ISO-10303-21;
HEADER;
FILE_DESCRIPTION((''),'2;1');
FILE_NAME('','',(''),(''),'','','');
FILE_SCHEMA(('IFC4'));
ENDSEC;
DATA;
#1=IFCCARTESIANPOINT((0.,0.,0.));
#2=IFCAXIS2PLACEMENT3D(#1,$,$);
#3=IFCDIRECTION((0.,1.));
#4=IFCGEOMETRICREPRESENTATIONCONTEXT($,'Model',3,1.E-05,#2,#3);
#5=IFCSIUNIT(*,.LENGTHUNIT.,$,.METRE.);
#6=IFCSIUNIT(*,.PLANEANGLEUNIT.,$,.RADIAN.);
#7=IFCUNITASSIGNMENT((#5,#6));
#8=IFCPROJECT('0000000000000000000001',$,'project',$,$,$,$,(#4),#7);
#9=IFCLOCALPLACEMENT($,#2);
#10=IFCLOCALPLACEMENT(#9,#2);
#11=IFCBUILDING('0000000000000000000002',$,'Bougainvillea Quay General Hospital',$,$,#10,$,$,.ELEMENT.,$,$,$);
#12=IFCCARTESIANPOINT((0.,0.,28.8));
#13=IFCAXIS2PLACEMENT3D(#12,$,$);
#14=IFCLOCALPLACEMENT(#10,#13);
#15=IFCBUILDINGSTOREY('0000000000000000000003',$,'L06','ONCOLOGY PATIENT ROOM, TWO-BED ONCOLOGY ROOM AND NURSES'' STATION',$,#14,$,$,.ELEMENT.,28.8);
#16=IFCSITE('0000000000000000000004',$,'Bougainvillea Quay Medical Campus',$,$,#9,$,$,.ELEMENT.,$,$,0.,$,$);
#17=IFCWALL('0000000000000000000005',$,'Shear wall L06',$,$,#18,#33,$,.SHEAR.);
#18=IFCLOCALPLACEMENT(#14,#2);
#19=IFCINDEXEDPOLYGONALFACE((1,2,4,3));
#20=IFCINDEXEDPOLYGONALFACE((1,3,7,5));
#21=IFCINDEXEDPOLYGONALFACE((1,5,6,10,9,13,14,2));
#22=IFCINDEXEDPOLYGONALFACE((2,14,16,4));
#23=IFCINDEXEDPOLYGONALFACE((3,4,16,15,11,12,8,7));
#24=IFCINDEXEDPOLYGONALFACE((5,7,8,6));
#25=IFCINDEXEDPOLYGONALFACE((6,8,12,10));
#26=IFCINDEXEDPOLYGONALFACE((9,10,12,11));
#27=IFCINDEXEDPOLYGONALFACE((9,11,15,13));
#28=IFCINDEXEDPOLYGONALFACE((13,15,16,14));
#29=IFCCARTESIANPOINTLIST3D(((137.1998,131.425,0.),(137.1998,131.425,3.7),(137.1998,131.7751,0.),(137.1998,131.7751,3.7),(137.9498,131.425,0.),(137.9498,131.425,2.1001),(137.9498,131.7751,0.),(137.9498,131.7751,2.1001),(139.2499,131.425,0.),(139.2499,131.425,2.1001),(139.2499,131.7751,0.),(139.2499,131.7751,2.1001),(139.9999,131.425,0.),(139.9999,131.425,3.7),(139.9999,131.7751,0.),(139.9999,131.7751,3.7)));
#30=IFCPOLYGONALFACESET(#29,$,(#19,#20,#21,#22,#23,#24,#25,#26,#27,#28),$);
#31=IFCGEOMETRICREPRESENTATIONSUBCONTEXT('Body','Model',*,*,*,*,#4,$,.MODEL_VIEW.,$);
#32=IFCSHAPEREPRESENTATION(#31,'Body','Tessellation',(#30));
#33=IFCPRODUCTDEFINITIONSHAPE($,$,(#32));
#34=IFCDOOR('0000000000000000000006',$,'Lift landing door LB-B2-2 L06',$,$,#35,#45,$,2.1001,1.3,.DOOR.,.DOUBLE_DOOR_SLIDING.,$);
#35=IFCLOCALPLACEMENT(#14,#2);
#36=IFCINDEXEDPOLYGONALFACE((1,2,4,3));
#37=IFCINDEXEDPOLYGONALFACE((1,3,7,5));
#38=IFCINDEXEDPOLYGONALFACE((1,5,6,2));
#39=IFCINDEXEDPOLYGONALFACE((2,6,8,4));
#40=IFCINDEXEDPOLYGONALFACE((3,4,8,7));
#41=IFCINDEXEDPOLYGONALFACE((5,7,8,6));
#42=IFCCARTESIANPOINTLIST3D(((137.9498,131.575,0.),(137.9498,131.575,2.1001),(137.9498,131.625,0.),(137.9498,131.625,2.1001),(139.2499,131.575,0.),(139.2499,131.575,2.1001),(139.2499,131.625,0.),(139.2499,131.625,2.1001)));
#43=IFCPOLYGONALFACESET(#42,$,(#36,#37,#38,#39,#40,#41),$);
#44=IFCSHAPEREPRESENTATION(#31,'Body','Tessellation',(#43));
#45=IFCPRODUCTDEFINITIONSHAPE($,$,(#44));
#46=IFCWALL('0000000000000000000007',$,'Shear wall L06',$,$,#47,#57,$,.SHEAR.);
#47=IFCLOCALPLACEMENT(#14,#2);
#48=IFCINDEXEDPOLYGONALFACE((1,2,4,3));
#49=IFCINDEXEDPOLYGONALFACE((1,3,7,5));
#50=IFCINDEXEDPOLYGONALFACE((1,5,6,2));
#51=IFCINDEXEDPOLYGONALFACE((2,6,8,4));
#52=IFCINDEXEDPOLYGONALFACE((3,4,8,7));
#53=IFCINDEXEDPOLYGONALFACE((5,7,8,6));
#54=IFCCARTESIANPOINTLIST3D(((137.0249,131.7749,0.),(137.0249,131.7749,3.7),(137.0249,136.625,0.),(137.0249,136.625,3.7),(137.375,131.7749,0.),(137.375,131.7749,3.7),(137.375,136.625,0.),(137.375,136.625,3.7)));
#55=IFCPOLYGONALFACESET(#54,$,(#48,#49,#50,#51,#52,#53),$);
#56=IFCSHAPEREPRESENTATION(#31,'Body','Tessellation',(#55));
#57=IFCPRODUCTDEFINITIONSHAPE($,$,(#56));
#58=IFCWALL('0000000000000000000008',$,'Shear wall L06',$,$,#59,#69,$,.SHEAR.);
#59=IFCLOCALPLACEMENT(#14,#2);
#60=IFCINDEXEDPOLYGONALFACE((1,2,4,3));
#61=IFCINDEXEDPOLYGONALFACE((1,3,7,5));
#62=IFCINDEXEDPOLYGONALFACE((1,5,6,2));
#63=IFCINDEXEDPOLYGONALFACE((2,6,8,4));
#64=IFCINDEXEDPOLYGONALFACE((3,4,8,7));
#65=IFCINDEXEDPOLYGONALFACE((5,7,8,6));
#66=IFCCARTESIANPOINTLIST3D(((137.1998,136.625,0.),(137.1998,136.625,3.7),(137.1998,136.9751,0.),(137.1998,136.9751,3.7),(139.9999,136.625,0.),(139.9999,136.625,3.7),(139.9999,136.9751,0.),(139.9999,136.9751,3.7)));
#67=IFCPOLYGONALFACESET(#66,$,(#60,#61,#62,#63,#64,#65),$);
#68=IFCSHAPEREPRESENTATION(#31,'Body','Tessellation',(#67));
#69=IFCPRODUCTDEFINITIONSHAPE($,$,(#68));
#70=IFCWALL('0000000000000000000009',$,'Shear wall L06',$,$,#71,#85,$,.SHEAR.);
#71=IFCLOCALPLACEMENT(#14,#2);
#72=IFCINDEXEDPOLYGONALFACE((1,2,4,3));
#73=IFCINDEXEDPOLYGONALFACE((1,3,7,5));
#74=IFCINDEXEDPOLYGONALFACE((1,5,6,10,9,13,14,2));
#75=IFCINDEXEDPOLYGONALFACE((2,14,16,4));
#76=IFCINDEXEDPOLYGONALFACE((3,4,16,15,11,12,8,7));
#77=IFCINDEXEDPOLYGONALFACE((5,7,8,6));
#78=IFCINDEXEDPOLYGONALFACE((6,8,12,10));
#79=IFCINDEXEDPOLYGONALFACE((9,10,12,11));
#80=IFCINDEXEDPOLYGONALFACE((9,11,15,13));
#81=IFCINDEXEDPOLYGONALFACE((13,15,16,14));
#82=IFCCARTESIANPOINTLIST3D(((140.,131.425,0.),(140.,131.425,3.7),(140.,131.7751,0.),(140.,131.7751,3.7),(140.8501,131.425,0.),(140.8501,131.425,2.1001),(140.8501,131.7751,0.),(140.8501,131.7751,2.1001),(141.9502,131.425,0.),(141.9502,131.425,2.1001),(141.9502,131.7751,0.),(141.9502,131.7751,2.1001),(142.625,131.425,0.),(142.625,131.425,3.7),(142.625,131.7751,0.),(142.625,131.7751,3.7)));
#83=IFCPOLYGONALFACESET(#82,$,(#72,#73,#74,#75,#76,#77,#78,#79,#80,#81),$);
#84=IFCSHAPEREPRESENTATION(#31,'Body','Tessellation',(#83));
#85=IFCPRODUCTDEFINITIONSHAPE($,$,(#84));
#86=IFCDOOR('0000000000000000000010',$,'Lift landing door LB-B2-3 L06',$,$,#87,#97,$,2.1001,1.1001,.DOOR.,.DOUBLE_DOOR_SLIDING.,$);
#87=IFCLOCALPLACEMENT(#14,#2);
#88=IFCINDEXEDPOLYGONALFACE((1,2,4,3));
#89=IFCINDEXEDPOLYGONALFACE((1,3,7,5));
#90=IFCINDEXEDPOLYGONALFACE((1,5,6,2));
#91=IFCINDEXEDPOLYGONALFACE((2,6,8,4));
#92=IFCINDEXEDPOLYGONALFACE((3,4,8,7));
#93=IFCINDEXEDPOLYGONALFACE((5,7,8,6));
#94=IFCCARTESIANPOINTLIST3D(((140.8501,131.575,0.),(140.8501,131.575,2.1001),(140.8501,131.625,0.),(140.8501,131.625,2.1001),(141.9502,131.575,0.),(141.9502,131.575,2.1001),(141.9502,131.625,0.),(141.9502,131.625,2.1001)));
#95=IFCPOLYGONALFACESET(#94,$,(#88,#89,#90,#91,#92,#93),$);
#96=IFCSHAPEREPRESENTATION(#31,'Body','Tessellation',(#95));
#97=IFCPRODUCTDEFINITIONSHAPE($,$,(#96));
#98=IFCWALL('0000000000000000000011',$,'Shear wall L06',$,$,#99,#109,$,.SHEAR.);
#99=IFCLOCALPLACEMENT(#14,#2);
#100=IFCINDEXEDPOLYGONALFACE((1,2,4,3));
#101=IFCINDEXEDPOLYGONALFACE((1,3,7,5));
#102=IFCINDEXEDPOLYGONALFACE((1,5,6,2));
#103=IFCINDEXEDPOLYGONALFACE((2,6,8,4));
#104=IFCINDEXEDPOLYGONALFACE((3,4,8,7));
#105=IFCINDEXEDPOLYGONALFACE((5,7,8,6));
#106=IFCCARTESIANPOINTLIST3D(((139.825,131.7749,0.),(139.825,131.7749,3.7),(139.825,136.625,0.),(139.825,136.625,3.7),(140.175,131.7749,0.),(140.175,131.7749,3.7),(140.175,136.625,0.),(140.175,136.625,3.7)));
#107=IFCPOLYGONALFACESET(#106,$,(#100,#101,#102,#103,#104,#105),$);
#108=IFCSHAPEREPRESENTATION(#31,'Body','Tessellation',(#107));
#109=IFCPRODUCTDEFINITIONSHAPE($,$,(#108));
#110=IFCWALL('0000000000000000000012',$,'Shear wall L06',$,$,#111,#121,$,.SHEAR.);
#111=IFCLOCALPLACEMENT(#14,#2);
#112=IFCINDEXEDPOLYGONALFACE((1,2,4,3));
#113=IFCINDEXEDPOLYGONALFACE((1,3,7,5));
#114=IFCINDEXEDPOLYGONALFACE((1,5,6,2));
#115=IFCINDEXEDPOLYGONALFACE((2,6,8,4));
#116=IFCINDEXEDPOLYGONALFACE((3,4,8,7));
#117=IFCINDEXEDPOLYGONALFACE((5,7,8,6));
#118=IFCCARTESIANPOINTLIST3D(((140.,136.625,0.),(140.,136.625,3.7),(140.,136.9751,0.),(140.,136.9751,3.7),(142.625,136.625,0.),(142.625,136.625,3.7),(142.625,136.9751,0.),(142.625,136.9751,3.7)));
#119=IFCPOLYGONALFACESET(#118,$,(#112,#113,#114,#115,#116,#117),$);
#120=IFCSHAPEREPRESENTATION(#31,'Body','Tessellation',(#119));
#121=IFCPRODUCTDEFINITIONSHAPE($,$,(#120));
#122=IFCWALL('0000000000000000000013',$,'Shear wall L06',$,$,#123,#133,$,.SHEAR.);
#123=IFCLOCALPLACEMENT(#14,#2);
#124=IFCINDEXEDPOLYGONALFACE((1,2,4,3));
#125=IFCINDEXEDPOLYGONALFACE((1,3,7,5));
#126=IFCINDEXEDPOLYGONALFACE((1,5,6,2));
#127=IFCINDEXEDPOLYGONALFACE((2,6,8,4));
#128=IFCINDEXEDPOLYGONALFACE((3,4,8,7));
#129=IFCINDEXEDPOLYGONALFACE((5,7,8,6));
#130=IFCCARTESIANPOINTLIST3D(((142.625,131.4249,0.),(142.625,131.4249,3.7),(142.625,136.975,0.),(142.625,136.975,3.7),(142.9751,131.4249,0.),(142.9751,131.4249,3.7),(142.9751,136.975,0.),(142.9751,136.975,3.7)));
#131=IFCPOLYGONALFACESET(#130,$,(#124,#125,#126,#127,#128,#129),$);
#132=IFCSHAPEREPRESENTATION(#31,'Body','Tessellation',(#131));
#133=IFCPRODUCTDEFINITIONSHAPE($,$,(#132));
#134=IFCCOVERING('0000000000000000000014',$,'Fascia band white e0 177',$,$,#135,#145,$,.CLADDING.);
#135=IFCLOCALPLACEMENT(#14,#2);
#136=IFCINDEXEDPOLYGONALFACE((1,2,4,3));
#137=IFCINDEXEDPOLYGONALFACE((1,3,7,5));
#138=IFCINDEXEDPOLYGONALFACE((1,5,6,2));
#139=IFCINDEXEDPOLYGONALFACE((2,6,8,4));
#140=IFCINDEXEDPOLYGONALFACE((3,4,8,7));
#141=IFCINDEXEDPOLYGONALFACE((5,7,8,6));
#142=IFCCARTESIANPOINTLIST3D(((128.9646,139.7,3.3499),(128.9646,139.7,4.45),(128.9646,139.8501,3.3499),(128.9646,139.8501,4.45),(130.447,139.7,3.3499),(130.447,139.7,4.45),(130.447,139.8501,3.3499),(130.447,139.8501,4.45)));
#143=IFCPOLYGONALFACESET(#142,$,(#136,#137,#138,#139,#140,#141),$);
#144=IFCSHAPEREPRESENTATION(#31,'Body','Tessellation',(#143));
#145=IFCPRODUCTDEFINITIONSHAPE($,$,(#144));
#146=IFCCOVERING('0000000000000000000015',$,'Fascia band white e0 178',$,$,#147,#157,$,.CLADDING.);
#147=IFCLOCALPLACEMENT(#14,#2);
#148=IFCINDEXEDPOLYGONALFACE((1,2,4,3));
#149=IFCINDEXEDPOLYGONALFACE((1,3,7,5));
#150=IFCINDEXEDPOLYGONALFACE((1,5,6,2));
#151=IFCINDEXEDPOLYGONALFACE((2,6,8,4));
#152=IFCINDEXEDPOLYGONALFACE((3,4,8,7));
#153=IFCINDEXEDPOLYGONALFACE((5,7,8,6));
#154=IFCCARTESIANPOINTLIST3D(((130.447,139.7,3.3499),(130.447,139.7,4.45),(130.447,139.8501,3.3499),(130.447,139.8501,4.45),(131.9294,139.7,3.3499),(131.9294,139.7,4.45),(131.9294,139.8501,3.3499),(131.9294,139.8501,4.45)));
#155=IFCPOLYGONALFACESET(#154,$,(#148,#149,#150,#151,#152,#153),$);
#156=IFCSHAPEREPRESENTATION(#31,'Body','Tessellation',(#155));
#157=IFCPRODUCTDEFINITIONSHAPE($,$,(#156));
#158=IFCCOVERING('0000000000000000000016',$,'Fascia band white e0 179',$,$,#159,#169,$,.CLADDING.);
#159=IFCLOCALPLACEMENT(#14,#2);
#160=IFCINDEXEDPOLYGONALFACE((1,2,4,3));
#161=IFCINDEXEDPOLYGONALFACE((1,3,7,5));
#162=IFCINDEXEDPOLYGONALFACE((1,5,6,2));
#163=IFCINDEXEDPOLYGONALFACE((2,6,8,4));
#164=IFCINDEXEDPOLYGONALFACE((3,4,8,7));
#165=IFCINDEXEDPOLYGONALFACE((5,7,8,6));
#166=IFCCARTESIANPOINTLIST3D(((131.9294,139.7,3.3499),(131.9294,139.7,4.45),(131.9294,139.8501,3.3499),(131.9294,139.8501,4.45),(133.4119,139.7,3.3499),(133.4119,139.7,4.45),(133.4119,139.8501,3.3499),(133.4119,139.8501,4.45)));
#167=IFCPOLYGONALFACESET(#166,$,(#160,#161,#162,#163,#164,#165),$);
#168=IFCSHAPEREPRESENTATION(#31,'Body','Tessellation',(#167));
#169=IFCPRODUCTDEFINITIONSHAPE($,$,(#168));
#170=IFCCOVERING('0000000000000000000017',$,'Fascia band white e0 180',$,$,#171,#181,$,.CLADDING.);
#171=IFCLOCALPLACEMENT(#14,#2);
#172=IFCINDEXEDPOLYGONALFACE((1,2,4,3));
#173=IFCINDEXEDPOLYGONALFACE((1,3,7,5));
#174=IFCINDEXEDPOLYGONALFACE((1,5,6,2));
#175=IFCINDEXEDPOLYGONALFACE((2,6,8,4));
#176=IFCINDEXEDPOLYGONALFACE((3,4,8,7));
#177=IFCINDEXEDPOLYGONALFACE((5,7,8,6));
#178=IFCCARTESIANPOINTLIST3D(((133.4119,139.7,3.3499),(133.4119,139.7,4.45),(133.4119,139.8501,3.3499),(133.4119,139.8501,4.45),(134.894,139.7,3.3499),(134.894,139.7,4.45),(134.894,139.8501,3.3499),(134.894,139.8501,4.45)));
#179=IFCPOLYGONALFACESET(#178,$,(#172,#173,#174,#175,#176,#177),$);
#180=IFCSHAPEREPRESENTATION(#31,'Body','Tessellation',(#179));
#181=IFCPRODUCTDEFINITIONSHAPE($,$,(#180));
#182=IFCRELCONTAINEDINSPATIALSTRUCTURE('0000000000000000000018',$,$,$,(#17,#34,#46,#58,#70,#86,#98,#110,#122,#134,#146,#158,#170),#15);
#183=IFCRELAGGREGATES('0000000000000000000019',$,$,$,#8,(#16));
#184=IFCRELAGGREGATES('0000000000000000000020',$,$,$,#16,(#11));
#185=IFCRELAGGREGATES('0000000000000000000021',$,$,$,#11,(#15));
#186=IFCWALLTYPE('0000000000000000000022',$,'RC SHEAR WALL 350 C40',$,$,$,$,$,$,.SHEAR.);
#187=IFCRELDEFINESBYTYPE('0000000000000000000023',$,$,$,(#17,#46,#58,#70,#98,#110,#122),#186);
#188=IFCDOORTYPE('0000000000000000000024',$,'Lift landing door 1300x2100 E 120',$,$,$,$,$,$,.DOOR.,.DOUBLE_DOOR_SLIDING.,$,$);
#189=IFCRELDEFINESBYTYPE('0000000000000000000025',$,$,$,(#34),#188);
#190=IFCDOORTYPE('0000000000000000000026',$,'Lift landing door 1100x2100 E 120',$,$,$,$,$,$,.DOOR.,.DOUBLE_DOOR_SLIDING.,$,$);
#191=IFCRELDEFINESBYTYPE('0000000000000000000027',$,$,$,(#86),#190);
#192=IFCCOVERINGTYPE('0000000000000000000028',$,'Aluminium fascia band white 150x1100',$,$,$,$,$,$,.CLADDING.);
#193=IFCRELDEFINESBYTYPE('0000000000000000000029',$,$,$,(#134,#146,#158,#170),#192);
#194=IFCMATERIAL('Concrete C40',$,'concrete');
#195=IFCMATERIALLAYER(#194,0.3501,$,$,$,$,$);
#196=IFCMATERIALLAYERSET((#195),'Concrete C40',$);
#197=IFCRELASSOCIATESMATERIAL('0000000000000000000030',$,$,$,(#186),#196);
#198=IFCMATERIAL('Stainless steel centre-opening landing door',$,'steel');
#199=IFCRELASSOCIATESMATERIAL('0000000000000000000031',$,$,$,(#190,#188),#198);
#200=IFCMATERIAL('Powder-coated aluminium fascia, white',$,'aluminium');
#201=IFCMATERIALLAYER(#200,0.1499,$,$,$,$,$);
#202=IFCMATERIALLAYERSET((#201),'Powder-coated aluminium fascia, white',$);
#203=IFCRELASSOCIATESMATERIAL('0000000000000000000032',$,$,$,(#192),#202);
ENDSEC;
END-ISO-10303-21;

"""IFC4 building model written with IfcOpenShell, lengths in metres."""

from ifc_helpers import new_model, si_unit, direction, frame, frame_2d, origin, place, context, subcontext, project, spatial, polyline, rectangle, outline, extrude, material, layer, layer_set, type_object, element, fill, save


model = new_model("IFC4")

# Units and contexts
model_context = context("Model", 3, precision=1e-05, world=origin(), true_north=direction((0.0, 1.0)))
body_context = subcontext(model_context, "Body", "Model", "MODEL_VIEW")
ifc_project = project(units=[si_unit("LENGTHUNIT", "METRE"), si_unit("PLANEANGLEUNIT", "RADIAN")], contexts=[model_context])

# Site, building, storey
site_placement = place(None, origin())
site = spatial("IfcSite", under=ifc_project, at=site_placement, Name="Bougainvillea Quay Medical Campus", CompositionType="ELEMENT", RefElevation=0.0)
building_placement = place(site_placement, origin())
building = spatial("IfcBuilding", under=site, at=building_placement, Name="Bougainvillea Quay General Hospital", CompositionType="ELEMENT")
storey_placement = place(building_placement, frame((0.0, 0.0, 28.8)))
storey = spatial("IfcBuildingStorey", under=building, at=storey_placement, Name="L06", Description="ONCOLOGY PATIENT ROOM, TWO-BED ONCOLOGY ROOM AND NURSES' STATION", CompositionType="ELEMENT", Elevation=28.8)

# Shared definitions
ifc_material_1 = material(Name="Concrete C40", Category="concrete")

# Shared definitions
ifc_layer_1 = layer(ifc_material_1, 0.3501)
ifc_layer_set_1 = layer_set([ifc_layer_1], Name="Concrete C40")
wall_type_1 = type_object("IfcWallType", Name="RC SHEAR WALL 350 C40", PredefinedType="SHEAR", material=ifc_layer_set_1)

# Wall, opening, door
ifc_material_2 = material(Name="Stainless steel centre-opening landing door", Category="steel")
door_type_1 = type_object("IfcDoorType", Name="Lift landing door 1100x2100 E 120", OperationType="DOUBLE_DOOR_SLIDING", PredefinedType="DOOR", material=ifc_material_2)
wall_1_placement = place(storey_placement, frame((137.2, 131.6001, 0.0), z_axis=(0.0, 0.0, 1.0), x_axis=(1.0, 0.0, 0.0)))
wall_1 = element("IfcWall", 1, at=wall_1_placement, inside=storey, type_object=wall_type_1, Name="Shear wall L06", PredefinedType="SHEAR", context=body_context, shape_type="SweptSolid", body=[
    extrude(rectangle(XDim=2.8, YDim=0.3501, at=frame_2d((1.3999, 0.0))), origin(), (0.0, 0.0, 1.0), 3.7),
])
opening_1_placement = place(wall_1_placement, frame((0.75, 0.0, 0.0)))
opening_1 = element("IfcOpeningElement", 2, at=opening_1_placement, cuts=wall_1, PredefinedType="OPENING", context=body_context, shape_type="SweptSolid", body=[
    extrude(rectangle(XDim=1.3, YDim=2.1001, at=frame_2d((0.6499, 1.05))), frame((0.0, 0.1851, 0.0), z_axis=(0.0, -1.0, 0.0), x_axis=(1.0, 0.0, 0.0)), (0.0, 0.0, 1.0), 0.3701),
])
door_type_2 = type_object("IfcDoorType", Name="Lift landing door 1300x2100 E 120", OperationType="DOUBLE_DOOR_SLIDING", PredefinedType="DOOR", material=ifc_material_2)
door_1_placement = place(opening_1_placement, origin())
door_1 = element("IfcDoor", 3, at=door_1_placement, inside=storey, type_object=door_type_2, Name="Lift landing door LB-B2-2 L06", OperationType="DOUBLE_DOOR_SLIDING", OverallHeight=2.1001, OverallWidth=1.3, PredefinedType="DOOR", context=body_context, shape_type="SweptSolid", body=[
    extrude(rectangle(XDim=1.3, YDim=2.1001, at=frame_2d((0.6499, 1.05))), frame((0.0, 0.0249, 0.0), z_axis=(0.0, -1.0, 0.0), x_axis=(1.0, 0.0, 0.0)), (0.0, 0.0, 1.0), 0.05),
])
fill(opening_1, door_1)

# Walls
wall_2_placement = place(storey_placement, frame((137.2, 131.7749, 0.0), z_axis=(0.0, 0.0, 1.0), x_axis=(0.0, 1.0, 0.0)))
element("IfcWall", 4, at=wall_2_placement, inside=storey, type_object=wall_type_1, Name="Shear wall L06", PredefinedType="SHEAR", context=body_context, shape_type="SweptSolid", body=[
    extrude(rectangle(XDim=4.8501, YDim=0.3501, at=frame_2d((2.425, 0.0))), origin(), (0.0, 0.0, 1.0), 3.7),
])
wall_3_placement = place(storey_placement, frame((137.2, 136.8, 0.0), z_axis=(0.0, 0.0, 1.0), x_axis=(1.0, 0.0, 0.0)))
element("IfcWall", 5, at=wall_3_placement, inside=storey, type_object=wall_type_1, Name="Shear wall L06", PredefinedType="SHEAR", context=body_context, shape_type="SweptSolid", body=[
    extrude(rectangle(XDim=2.8, YDim=0.3501, at=frame_2d((1.3999, 0.0))), origin(), (0.0, 0.0, 1.0), 3.7),
])

# Wall, opening, door
wall_4_placement = place(storey_placement, frame((140.0, 131.6001, 0.0), z_axis=(0.0, 0.0, 1.0), x_axis=(1.0, 0.0, 0.0)))
wall_4 = element("IfcWall", 6, at=wall_4_placement, inside=storey, type_object=wall_type_1, Name="Shear wall L06", PredefinedType="SHEAR", context=body_context, shape_type="SweptSolid", body=[
    extrude(rectangle(XDim=2.625, YDim=0.3501, at=frame_2d((1.3125, 0.0))), origin(), (0.0, 0.0, 1.0), 3.7),
])
opening_2_placement = place(wall_4_placement, frame((0.8501, 0.0, 0.0)))
opening_2 = element("IfcOpeningElement", 7, at=opening_2_placement, cuts=wall_4, PredefinedType="OPENING", context=body_context, shape_type="SweptSolid", body=[
    extrude(rectangle(XDim=1.1001, YDim=2.1001, at=frame_2d((0.55, 1.05))), frame((0.0, 0.1851, 0.0), z_axis=(0.0, -1.0, 0.0), x_axis=(1.0, 0.0, 0.0)), (0.0, 0.0, 1.0), 0.3701),
])
door_2_placement = place(opening_2_placement, origin())
door_2 = element("IfcDoor", 8, at=door_2_placement, inside=storey, type_object=door_type_1, Name="Lift landing door LB-B2-3 L06", OperationType="DOUBLE_DOOR_SLIDING", OverallHeight=2.1001, OverallWidth=1.1001, PredefinedType="DOOR", context=body_context, shape_type="SweptSolid", body=[
    extrude(rectangle(XDim=1.1001, YDim=2.1001, at=frame_2d((0.55, 1.05))), frame((0.0, 0.0249, 0.0), z_axis=(0.0, -1.0, 0.0), x_axis=(1.0, 0.0, 0.0)), (0.0, 0.0, 1.0), 0.05),
])
fill(opening_2, door_2)

# Walls
wall_5_placement = place(storey_placement, frame((140.0, 131.7749, 0.0), z_axis=(0.0, 0.0, 1.0), x_axis=(0.0, 1.0, 0.0)))
element("IfcWall", 9, at=wall_5_placement, inside=storey, type_object=wall_type_1, Name="Shear wall L06", PredefinedType="SHEAR", context=body_context, shape_type="SweptSolid", body=[
    extrude(rectangle(XDim=4.8501, YDim=0.3501, at=frame_2d((2.425, 0.0))), origin(), (0.0, 0.0, 1.0), 3.7),
])
wall_6_placement = place(storey_placement, frame((140.0, 136.8, 0.0), z_axis=(0.0, 0.0, 1.0), x_axis=(1.0, 0.0, 0.0)))
element("IfcWall", 10, at=wall_6_placement, inside=storey, type_object=wall_type_1, Name="Shear wall L06", PredefinedType="SHEAR", context=body_context, shape_type="SweptSolid", body=[
    extrude(rectangle(XDim=2.625, YDim=0.3501, at=frame_2d((1.3125, 0.0))), origin(), (0.0, 0.0, 1.0), 3.7),
])
wall_7_placement = place(storey_placement, frame((142.8, 131.425, 0.0), z_axis=(0.0, 0.0, 1.0), x_axis=(0.0, 1.0, 0.0)))
element("IfcWall", 11, at=wall_7_placement, inside=storey, type_object=wall_type_1, Name="Shear wall L06", PredefinedType="SHEAR", context=body_context, shape_type="SweptSolid", body=[
    extrude(rectangle(XDim=5.55, YDim=0.3501, at=frame_2d((2.7749, 0.0))), origin(), (0.0, 0.0, 1.0), 3.7),
])

# Coverings
ifc_material_3 = material(Name="Powder-coated aluminium fascia, white", Category="aluminium")
ifc_layer_2 = layer(ifc_material_3, 0.1499)
ifc_layer_set_2 = layer_set([ifc_layer_2], Name="Powder-coated aluminium fascia, white")
covering_type = type_object("IfcCoveringType", Name="Aluminium fascia band white 150x1100", PredefinedType="CLADDING", material=ifc_layer_set_2)
for number, where, z_axis, x_axis, name in (
    (12, (128.9646, 139.8501, 3.3499), (0.0, 0.0, 1.0), (1.0, 0.0, 0.0), "Fascia band white e0 177"),
    (13, (130.447, 139.8501, 3.3499), (0.0, 0.0, 1.0), (1.0, 0.0, 0.0), "Fascia band white e0 178"),
    (14, (131.9294, 139.8501, 3.3499), (0.0, 0.0, 1.0), (1.0, 0.0, 0.0), "Fascia band white e0 179"),
):
    element("IfcCovering", number, at=place(storey_placement, frame(where, z_axis=z_axis, x_axis=x_axis)), inside=storey, type_object=covering_type, Name=name, PredefinedType="CLADDING", context=body_context, shape_type="SweptSolid", body=[
        extrude(outline(polyline([(0.0, 0.0), (1.4824, 0.0), (1.4824, -0.1501), (0.0, -0.1501), (0.0, 0.0)])), origin(), (0.0, 0.0, 1.0), 1.1001),
    ])
covering_1_placement = place(storey_placement, frame((133.4119, 139.8501, 3.3499), z_axis=(0.0, 0.0, 1.0), x_axis=(1.0, 0.0, 0.0)))
element("IfcCovering", 15, at=covering_1_placement, inside=storey, type_object=covering_type, Name="Fascia band white e0 180", PredefinedType="CLADDING", context=body_context, shape_type="SweptSolid", body=[
    extrude(outline(polyline([(0.0, 0.0), (1.4822, 0.0), (1.4822, -0.1501), (0.0, -0.1501), (0.0, 0.0)])), origin(), (0.0, 0.0, 1.0), 1.1001),
])

save(model, "model.ifc")
